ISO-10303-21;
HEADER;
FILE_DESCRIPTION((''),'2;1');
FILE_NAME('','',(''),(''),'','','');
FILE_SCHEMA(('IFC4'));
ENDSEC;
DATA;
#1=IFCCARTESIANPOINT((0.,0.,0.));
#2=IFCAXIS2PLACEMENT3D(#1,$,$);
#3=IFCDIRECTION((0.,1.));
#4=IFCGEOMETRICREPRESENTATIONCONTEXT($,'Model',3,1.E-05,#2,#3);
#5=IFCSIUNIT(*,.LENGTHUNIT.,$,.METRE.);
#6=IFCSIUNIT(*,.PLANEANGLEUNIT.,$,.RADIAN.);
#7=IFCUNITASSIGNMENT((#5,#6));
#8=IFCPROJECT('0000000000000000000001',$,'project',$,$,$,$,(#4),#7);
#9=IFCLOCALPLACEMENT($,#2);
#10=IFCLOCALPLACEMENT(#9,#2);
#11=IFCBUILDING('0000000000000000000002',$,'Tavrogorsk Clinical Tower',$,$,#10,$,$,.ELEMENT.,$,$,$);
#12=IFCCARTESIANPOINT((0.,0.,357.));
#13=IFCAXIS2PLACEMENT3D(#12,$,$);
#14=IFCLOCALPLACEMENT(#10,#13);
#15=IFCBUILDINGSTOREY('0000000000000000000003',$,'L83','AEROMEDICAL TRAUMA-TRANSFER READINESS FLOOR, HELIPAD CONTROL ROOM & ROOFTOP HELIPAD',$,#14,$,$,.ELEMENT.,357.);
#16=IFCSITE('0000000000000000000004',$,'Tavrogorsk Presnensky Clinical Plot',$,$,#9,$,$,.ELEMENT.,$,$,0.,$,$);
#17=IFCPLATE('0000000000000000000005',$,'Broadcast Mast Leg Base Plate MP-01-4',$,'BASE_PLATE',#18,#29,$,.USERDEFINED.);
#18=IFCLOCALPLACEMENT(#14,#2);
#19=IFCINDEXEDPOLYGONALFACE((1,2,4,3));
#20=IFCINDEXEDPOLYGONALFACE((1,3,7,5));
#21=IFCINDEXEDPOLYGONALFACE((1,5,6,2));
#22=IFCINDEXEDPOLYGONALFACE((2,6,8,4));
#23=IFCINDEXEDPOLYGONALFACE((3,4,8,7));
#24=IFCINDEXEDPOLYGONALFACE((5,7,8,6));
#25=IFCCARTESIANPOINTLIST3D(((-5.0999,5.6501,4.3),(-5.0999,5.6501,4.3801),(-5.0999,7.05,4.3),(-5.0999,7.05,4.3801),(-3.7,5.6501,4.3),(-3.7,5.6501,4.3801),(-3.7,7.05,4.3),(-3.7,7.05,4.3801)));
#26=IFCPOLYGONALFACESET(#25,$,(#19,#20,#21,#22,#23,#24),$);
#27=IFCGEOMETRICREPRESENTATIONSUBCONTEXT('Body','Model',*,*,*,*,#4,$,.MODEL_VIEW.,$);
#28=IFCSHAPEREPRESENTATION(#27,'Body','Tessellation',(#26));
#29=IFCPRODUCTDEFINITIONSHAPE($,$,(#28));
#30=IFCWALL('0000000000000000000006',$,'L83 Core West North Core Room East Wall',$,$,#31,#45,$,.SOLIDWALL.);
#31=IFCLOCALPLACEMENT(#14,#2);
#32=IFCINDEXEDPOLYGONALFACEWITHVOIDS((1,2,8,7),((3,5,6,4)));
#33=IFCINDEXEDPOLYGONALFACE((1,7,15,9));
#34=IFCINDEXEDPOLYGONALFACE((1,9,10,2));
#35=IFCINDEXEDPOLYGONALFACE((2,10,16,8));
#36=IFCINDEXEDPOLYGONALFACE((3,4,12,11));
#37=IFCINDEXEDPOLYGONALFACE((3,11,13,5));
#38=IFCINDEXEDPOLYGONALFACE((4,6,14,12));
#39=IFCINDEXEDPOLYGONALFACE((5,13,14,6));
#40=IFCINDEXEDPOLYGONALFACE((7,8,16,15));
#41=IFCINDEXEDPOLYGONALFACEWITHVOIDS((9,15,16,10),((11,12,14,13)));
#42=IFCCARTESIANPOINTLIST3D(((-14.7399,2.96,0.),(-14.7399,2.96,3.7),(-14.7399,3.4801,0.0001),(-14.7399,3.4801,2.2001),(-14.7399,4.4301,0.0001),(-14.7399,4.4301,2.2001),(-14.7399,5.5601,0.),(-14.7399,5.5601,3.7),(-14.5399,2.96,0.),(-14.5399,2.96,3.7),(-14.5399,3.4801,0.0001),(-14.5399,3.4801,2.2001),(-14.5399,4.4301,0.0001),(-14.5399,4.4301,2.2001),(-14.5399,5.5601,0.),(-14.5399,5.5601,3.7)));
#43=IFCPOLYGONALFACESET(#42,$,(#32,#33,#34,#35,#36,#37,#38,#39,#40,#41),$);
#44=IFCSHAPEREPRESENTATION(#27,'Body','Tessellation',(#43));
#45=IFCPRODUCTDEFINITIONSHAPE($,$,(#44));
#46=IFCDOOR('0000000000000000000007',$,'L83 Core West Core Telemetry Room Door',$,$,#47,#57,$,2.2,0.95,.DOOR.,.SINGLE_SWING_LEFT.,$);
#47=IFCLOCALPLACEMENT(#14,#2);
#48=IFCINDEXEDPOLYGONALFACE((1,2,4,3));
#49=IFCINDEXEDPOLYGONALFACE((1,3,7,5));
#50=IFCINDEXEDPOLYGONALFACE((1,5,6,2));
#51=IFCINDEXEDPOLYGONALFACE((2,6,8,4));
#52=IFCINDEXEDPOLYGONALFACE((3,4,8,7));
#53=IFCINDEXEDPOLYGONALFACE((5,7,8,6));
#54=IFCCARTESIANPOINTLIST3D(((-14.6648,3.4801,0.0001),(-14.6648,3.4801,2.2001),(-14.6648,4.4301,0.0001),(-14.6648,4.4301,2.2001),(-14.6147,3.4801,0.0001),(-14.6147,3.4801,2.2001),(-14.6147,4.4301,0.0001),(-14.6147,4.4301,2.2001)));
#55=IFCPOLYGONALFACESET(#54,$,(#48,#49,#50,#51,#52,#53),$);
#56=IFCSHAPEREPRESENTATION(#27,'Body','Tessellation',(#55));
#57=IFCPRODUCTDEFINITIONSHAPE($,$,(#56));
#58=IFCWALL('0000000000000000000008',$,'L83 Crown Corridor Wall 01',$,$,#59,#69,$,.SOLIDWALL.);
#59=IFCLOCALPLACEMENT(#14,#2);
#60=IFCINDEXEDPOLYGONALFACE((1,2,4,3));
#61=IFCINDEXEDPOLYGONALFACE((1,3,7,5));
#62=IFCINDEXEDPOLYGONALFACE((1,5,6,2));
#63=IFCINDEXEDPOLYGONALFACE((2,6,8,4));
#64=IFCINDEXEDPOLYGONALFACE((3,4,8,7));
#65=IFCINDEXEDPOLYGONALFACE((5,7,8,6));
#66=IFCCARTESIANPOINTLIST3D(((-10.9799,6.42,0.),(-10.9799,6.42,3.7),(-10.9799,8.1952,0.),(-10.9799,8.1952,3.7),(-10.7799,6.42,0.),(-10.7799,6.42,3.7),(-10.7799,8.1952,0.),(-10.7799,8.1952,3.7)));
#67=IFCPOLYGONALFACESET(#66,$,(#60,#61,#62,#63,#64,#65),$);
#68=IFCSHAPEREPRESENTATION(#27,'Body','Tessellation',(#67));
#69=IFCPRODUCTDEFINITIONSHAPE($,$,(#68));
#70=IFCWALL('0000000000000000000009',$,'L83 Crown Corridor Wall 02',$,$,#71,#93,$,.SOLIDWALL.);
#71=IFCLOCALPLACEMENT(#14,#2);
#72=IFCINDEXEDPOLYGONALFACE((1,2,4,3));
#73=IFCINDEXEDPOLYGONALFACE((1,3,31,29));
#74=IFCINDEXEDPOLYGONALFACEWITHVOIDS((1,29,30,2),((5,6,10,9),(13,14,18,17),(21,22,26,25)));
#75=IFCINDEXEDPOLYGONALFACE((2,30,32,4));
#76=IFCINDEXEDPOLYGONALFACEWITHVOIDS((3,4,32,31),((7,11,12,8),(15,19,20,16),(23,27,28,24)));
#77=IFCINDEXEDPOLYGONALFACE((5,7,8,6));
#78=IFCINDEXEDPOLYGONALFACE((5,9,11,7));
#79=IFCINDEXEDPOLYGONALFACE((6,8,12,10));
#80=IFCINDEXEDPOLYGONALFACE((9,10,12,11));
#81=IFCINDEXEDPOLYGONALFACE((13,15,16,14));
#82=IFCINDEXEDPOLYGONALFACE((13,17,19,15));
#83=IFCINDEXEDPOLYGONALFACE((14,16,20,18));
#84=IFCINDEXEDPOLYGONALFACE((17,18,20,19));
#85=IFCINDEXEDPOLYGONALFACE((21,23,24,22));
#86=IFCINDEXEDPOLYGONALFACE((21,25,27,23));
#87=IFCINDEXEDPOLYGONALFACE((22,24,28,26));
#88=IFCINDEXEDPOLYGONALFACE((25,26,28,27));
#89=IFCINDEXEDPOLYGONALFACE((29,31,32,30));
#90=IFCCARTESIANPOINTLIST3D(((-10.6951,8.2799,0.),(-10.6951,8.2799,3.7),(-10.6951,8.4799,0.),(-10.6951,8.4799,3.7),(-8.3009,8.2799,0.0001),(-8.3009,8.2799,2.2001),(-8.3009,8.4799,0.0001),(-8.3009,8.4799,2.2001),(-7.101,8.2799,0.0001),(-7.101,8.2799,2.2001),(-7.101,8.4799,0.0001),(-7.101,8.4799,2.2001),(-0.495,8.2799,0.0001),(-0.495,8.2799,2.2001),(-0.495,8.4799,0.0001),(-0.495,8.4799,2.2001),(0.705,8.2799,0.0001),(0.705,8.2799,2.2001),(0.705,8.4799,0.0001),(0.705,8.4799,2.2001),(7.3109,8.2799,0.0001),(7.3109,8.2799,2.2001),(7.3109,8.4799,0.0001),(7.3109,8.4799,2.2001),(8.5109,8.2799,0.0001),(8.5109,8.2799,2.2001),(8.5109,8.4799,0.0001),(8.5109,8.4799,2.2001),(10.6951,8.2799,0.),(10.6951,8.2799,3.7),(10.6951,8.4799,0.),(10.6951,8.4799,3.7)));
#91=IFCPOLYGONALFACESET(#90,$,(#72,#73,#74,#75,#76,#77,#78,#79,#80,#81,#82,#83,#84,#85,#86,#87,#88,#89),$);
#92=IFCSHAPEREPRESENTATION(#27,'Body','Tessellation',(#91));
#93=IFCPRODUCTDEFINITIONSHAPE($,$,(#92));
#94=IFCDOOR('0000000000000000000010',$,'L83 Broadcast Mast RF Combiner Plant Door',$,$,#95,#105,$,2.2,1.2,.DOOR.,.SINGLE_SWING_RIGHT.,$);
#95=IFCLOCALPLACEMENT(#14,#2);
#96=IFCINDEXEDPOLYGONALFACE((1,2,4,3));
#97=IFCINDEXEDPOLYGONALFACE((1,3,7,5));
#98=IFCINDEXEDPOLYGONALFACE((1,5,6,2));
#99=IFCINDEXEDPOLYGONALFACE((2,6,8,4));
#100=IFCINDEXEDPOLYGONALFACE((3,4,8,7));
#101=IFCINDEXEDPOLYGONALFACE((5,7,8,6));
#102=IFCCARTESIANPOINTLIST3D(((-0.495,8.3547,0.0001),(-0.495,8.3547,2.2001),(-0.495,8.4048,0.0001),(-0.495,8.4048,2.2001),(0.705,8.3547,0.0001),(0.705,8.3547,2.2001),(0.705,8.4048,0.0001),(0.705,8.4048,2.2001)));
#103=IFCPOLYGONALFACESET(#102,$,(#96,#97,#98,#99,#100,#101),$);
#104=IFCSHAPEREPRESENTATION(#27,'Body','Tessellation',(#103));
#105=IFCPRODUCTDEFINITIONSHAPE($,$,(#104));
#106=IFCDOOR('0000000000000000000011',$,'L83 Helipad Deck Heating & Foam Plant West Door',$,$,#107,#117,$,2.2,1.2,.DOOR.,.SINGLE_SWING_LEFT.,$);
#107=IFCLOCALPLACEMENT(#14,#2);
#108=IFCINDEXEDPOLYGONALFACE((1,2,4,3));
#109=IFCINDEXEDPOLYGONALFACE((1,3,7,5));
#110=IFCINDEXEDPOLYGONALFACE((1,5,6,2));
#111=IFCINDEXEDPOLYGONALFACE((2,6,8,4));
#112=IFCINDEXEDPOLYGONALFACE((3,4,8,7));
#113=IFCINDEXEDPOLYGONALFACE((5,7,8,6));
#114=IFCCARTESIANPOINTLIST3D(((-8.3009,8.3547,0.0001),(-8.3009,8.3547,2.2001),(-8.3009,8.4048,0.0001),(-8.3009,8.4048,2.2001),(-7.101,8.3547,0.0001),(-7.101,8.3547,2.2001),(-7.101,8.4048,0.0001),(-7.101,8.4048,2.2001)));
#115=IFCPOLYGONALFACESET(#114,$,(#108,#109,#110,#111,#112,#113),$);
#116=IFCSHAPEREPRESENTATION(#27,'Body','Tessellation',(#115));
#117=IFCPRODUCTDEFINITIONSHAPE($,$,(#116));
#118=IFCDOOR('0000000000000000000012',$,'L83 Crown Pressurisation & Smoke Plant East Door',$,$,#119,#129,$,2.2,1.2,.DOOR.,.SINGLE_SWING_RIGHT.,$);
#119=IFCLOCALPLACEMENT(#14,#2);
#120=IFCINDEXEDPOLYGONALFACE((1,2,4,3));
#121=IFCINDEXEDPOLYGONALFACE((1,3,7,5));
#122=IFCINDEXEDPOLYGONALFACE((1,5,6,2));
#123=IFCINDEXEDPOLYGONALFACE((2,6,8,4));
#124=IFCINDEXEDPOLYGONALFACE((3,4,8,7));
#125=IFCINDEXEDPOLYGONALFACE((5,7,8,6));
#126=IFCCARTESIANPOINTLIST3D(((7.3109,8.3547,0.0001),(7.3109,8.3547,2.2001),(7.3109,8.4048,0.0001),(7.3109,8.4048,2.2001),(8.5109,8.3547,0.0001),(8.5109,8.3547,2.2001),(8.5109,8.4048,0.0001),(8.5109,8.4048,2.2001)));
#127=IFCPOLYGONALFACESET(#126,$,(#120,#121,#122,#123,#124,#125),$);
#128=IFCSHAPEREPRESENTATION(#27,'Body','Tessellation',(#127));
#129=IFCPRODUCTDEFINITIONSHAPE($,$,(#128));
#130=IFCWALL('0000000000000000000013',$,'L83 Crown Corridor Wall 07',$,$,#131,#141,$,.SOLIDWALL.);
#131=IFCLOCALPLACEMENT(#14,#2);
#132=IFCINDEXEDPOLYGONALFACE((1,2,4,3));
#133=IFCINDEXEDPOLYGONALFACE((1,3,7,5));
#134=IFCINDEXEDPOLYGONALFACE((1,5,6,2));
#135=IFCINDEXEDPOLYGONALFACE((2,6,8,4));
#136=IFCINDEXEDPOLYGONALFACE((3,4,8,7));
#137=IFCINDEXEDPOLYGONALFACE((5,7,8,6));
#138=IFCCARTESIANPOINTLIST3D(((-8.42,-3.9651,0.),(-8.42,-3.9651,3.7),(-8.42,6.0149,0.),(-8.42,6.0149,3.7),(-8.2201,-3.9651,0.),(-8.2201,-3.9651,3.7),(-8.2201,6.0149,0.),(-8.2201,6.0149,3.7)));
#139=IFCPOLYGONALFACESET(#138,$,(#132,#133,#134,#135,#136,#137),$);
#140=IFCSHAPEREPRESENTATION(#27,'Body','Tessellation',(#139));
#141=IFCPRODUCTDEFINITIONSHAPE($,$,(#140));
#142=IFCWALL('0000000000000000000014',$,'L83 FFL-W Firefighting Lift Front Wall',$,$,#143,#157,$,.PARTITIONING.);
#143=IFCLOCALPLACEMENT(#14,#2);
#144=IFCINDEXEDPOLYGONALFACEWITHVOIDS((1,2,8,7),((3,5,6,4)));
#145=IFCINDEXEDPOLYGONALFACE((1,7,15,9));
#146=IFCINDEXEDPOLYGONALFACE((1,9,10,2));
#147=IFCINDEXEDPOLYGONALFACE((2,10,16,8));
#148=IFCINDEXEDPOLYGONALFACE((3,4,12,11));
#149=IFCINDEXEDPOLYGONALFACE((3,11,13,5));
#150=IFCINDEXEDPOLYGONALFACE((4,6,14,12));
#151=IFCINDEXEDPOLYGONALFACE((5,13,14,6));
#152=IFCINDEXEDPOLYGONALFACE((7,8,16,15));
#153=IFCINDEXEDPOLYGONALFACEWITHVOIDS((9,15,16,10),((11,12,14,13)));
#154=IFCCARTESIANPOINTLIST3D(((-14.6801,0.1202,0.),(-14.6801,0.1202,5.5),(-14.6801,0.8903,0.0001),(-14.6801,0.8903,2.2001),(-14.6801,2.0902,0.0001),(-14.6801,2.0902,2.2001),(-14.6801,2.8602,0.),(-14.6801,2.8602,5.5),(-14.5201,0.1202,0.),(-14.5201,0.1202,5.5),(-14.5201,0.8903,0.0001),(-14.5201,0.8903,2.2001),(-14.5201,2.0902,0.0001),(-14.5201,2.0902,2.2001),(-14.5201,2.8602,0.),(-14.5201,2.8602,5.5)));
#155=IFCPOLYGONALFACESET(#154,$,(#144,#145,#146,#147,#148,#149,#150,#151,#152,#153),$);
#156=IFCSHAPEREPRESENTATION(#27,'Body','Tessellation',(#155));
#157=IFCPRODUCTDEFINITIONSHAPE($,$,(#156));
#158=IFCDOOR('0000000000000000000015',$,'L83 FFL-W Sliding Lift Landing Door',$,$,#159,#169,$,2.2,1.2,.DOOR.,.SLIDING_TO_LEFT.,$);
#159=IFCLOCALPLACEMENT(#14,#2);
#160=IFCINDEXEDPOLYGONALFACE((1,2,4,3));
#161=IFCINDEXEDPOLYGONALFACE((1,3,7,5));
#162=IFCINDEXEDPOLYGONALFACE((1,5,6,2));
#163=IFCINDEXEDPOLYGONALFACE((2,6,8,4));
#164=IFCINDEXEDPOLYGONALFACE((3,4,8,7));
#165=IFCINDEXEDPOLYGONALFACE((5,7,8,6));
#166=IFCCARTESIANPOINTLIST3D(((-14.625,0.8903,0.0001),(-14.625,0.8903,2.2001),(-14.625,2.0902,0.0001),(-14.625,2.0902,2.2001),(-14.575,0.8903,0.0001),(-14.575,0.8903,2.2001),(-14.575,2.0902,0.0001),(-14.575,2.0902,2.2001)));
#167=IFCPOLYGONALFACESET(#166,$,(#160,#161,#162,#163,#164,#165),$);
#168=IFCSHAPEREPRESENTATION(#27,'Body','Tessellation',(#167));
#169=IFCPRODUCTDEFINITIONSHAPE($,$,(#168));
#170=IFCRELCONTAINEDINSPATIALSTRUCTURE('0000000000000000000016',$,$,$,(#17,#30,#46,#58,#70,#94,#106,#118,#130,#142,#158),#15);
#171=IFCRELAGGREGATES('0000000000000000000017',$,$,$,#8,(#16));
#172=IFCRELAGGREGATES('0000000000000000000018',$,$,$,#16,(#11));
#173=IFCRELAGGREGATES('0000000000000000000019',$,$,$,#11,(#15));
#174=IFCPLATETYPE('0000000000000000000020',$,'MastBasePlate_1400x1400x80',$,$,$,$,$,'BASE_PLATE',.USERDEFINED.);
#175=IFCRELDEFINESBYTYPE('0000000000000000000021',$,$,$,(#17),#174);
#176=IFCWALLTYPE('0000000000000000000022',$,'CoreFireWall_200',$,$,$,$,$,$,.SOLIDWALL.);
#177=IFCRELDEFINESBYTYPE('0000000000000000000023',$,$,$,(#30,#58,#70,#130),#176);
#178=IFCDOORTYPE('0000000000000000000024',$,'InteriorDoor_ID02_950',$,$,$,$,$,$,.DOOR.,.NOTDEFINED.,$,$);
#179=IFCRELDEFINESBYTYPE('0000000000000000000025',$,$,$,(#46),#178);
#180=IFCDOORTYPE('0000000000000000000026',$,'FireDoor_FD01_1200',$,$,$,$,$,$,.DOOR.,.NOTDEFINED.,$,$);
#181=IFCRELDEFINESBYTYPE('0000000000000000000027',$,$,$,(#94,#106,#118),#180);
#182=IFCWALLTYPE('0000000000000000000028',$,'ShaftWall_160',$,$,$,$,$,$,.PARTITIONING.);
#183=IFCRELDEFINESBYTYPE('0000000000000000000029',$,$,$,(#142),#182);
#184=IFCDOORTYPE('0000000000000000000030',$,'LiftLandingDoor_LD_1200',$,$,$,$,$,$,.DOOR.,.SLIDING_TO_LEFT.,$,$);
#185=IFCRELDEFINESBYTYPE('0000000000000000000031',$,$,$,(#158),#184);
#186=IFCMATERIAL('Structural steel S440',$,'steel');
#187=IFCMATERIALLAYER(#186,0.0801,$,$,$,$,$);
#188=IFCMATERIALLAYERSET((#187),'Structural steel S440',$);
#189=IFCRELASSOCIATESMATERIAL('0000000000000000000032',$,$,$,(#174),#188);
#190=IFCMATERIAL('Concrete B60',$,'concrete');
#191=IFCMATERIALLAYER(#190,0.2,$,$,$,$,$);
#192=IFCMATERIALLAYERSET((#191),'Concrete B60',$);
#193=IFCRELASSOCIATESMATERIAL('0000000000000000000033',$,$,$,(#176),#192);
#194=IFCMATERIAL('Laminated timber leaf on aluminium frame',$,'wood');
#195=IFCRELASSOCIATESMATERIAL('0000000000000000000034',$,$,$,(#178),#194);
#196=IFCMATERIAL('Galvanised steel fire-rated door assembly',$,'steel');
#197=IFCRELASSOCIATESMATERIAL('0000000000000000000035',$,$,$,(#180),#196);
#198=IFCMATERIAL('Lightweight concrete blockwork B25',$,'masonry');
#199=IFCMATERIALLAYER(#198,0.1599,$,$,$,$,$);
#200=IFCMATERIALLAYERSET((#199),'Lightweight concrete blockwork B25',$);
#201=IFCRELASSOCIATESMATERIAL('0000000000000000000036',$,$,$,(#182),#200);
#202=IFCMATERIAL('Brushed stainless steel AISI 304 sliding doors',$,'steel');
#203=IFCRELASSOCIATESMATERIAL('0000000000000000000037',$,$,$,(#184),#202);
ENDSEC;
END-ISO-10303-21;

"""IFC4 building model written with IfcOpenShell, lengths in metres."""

from ifc_helpers import new_model, si_unit, direction, frame, frame_2d, origin, origin_2d, place, context, subcontext, project, spatial, rectangle, extrude, material, layer, layer_set, type_object, element, fill, save


model = new_model("IFC4")

# Units and contexts
model_context = context("Model", 3, precision=1e-05, world=origin(), true_north=direction((0.0, 1.0)))
body_context = subcontext(model_context, "Body", "Model", "MODEL_VIEW")
ifc_project = project(units=[si_unit("LENGTHUNIT", "METRE"), si_unit("PLANEANGLEUNIT", "RADIAN")], contexts=[model_context])

# Site, building, storey
site_placement = place(None, origin())
site = spatial("IfcSite", under=ifc_project, at=site_placement, Name="Tavrogorsk Presnensky Clinical Plot", CompositionType="ELEMENT", RefElevation=0.0)
building_placement = place(site_placement, origin())
building = spatial("IfcBuilding", under=site, at=building_placement, Name="Tavrogorsk Clinical Tower", CompositionType="ELEMENT")
storey_placement = place(building_placement, frame((0.0, 0.0, 357.0)))
storey = spatial("IfcBuildingStorey", under=building, at=storey_placement, Name="L83", Description="AEROMEDICAL TRAUMA-TRANSFER READINESS FLOOR, HELIPAD CONTROL ROOM & ROOFTOP HELIPAD", CompositionType="ELEMENT", Elevation=357.0)

# Plate
ifc_material_1 = material(Name="Structural steel S440", Category="steel")
ifc_layer_1 = layer(ifc_material_1, 0.0801)
ifc_layer_set_1 = layer_set([ifc_layer_1], Name="Structural steel S440")
plate_type_1 = type_object("IfcPlateType", Name="MastBasePlate_1400x1400x80", ElementType="BASE_PLATE", PredefinedType="USERDEFINED", material=ifc_layer_set_1)
plate_placement = place(storey_placement, frame((-4.3999, 6.3501, 4.3), z_axis=(0.0, 0.0, 1.0), x_axis=(1.0, 0.0, 0.0)))
element("IfcPlate", 1, at=plate_placement, inside=storey, type_object=plate_type_1, Name="Broadcast Mast Leg Base Plate MP-01-4", ObjectType="BASE_PLATE", PredefinedType="USERDEFINED", context=body_context, shape_type="SweptSolid", body=[
    extrude(rectangle(XDim=1.3999, YDim=1.3999, at=origin_2d()), origin(), (0.0, 0.0, 1.0), 0.0801),
])

# Wall, opening, door
ifc_material_2 = material(Name="Concrete B60", Category="concrete")
ifc_layer_2 = layer(ifc_material_2, 0.2)
ifc_layer_set_2 = layer_set([ifc_layer_2], Name="Concrete B60")
wall_type_1 = type_object("IfcWallType", Name="CoreFireWall_200", PredefinedType="SOLIDWALL", material=ifc_layer_set_2)
wall_1_placement = place(storey_placement, frame((-14.6399, 2.96, 0.0), z_axis=(0.0, 0.0, 1.0), x_axis=(0.0, 1.0, 0.0)))
wall_1 = element("IfcWall", 2, at=wall_1_placement, inside=storey, type_object=wall_type_1, Name="L83 Core West North Core Room East Wall", PredefinedType="SOLIDWALL", context=body_context, shape_type="SweptSolid", body=[
    extrude(rectangle(XDim=2.6001, YDim=0.2, at=frame_2d((1.3, 0.0))), origin(), (0.0, 0.0, 1.0), 3.7),
])
opening_1_placement = place(wall_1_placement, frame((0.52, 0.0, 0.0)))
opening_1 = element("IfcOpeningElement", 3, at=opening_1_placement, cuts=wall_1, PredefinedType="OPENING", context=body_context, shape_type="SweptSolid", body=[
    extrude(rectangle(XDim=0.95, YDim=2.2, at=frame_2d((0.4751, 1.1001))), frame((0.0, 0.1099, 0.0), z_axis=(0.0, -1.0, 0.0), x_axis=(1.0, 0.0, 0.0)), (0.0, 0.0, 1.0), 0.22),
])
ifc_material_3 = material(Name="Laminated timber leaf on aluminium frame", Category="wood")
door_type_1 = type_object("IfcDoorType", Name="InteriorDoor_ID02_950", OperationType="NOTDEFINED", PredefinedType="DOOR", material=ifc_material_3)
door_1_placement = place(opening_1_placement, origin())
door_1 = element("IfcDoor", 4, at=door_1_placement, inside=storey, type_object=door_type_1, Name="L83 Core West Core Telemetry Room Door", OperationType="SINGLE_SWING_LEFT", OverallHeight=2.2, OverallWidth=0.95, PredefinedType="DOOR", context=body_context, shape_type="SweptSolid", body=[
    extrude(rectangle(XDim=0.95, YDim=2.2, at=frame_2d((0.4751, 1.1001))), frame((0.0, 0.0249, 0.0), z_axis=(0.0, -1.0, 0.0), x_axis=(1.0, 0.0, 0.0)), (0.0, 0.0, 1.0), 0.05),
])
fill(opening_1, door_1)

# Wall
wall_2_placement = place(storey_placement, frame((-10.8799, 6.4199, 0.0), z_axis=(0.0, 0.0, 1.0), x_axis=(0.0, 1.0, 0.0)))
element("IfcWall", 5, at=wall_2_placement, inside=storey, type_object=wall_type_1, Name="L83 Crown Corridor Wall 01", PredefinedType="SOLIDWALL", context=body_context, shape_type="SweptSolid", body=[
    extrude(rectangle(XDim=1.7751, YDim=0.2, at=frame_2d((0.8877, 0.0))), origin(), (0.0, 0.0, 1.0), 3.7),
])

# Wall, openings, doors
wall_3_placement = place(storey_placement, frame((-10.6951, 8.3799, 0.0), z_axis=(0.0, 0.0, 1.0), x_axis=(1.0, 0.0, 0.0)))
wall_3 = element("IfcWall", 6, at=wall_3_placement, inside=storey, type_object=wall_type_1, Name="L83 Crown Corridor Wall 02", PredefinedType="SOLIDWALL", context=body_context, shape_type="SweptSolid", body=[
    extrude(rectangle(XDim=21.3901, YDim=0.2, at=frame_2d((10.6951, 0.0))), origin(), (0.0, 0.0, 1.0), 3.7),
])
opening_2_placement = place(wall_3_placement, frame((10.2, 0.0, 0.0)))
opening_2 = element("IfcOpeningElement", 7, at=opening_2_placement, cuts=wall_3, PredefinedType="OPENING", context=body_context, shape_type="SweptSolid", body=[
    extrude(rectangle(XDim=1.2, YDim=2.2, at=frame_2d((0.6001, 1.1001))), frame((0.0, 0.1099, 0.0), z_axis=(0.0, -1.0, 0.0), x_axis=(1.0, 0.0, 0.0)), (0.0, 0.0, 1.0), 0.22),
])
opening_3_placement = place(wall_3_placement, frame((2.394, 0.0, 0.0)))
opening_3 = element("IfcOpeningElement", 8, at=opening_3_placement, cuts=wall_3, PredefinedType="OPENING", context=body_context, shape_type="SweptSolid", body=[
    extrude(rectangle(XDim=1.2, YDim=2.2, at=frame_2d((0.6001, 1.1001))), frame((0.0, 0.1099, 0.0), z_axis=(0.0, -1.0, 0.0), x_axis=(1.0, 0.0, 0.0)), (0.0, 0.0, 1.0), 0.22),
])
opening_4_placement = place(wall_3_placement, frame((18.0059, 0.0, 0.0)))
opening_4 = element("IfcOpeningElement", 9, at=opening_4_placement, cuts=wall_3, PredefinedType="OPENING", context=body_context, shape_type="SweptSolid", body=[
    extrude(rectangle(XDim=1.2, YDim=2.2, at=frame_2d((0.6001, 1.1001))), frame((0.0, 0.1099, 0.0), z_axis=(0.0, -1.0, 0.0), x_axis=(1.0, 0.0, 0.0)), (0.0, 0.0, 1.0), 0.22),
])
ifc_material_4 = material(Name="Galvanised steel fire-rated door assembly", Category="steel")
door_type_2 = type_object("IfcDoorType", Name="FireDoor_FD01_1200", OperationType="NOTDEFINED", PredefinedType="DOOR", material=ifc_material_4)
door_2_placement = place(opening_2_placement, origin())
door_2 = element("IfcDoor", 10, at=door_2_placement, inside=storey, type_object=door_type_2, Name="L83 Broadcast Mast RF Combiner Plant Door", OperationType="SINGLE_SWING_RIGHT", OverallHeight=2.2, OverallWidth=1.2, PredefinedType="DOOR", context=body_context, shape_type="SweptSolid", body=[
    extrude(rectangle(XDim=1.2, YDim=2.2, at=frame_2d((0.6001, 1.1001))), frame((0.0, 0.0249, 0.0), z_axis=(0.0, -1.0, 0.0), x_axis=(1.0, 0.0, 0.0)), (0.0, 0.0, 1.0), 0.05),
])
fill(opening_2, door_2)
door_3_placement = place(opening_3_placement, origin())
door_3 = element("IfcDoor", 11, at=door_3_placement, inside=storey, type_object=door_type_2, Name="L83 Helipad Deck Heating & Foam Plant West Door", OperationType="SINGLE_SWING_LEFT", OverallHeight=2.2, OverallWidth=1.2, PredefinedType="DOOR", context=body_context, shape_type="SweptSolid", body=[
    extrude(rectangle(XDim=1.2, YDim=2.2, at=frame_2d((0.6001, 1.1001))), frame((0.0, 0.0249, 0.0), z_axis=(0.0, -1.0, 0.0), x_axis=(1.0, 0.0, 0.0)), (0.0, 0.0, 1.0), 0.05),
])
fill(opening_3, door_3)
door_4_placement = place(opening_4_placement, origin())
door_4 = element("IfcDoor", 12, at=door_4_placement, inside=storey, type_object=door_type_2, Name="L83 Crown Pressurisation & Smoke Plant East Door", OperationType="SINGLE_SWING_RIGHT", OverallHeight=2.2, OverallWidth=1.2, PredefinedType="DOOR", context=body_context, shape_type="SweptSolid", body=[
    extrude(rectangle(XDim=1.2, YDim=2.2, at=frame_2d((0.6001, 1.1001))), frame((0.0, 0.0249, 0.0), z_axis=(0.0, -1.0, 0.0), x_axis=(1.0, 0.0, 0.0)), (0.0, 0.0, 1.0), 0.05),
])
fill(opening_4, door_4)

# Wall
wall_4_placement = place(storey_placement, frame((-8.3201, 6.0149, 0.0), z_axis=(0.0, 0.0, 1.0), x_axis=(0.0, -1.0, 0.0)))
element("IfcWall", 13, at=wall_4_placement, inside=storey, type_object=wall_type_1, Name="L83 Crown Corridor Wall 07", PredefinedType="SOLIDWALL", context=body_context, shape_type="SweptSolid", body=[
    extrude(rectangle(XDim=9.98, YDim=0.2, at=frame_2d((4.99, 0.0))), origin(), (0.0, 0.0, 1.0), 3.7),
])

# Wall, opening, door
ifc_material_5 = material(Name="Lightweight concrete blockwork B25", Category="masonry")
ifc_layer_3 = layer(ifc_material_5, 0.1599)
ifc_layer_set_3 = layer_set([ifc_layer_3], Name="Lightweight concrete blockwork B25")
wall_type_2 = type_object("IfcWallType", Name="ShaftWall_160", PredefinedType="PARTITIONING", material=ifc_layer_set_3)
wall_5_placement = place(storey_placement, frame((-14.6001, 0.1201, 0.0), z_axis=(0.0, 0.0, 1.0), x_axis=(0.0, 1.0, 0.0)))
wall_5 = element("IfcWall", 14, at=wall_5_placement, inside=storey, type_object=wall_type_2, Name="L83 FFL-W Firefighting Lift Front Wall", PredefinedType="PARTITIONING", context=body_context, shape_type="SweptSolid", body=[
    extrude(rectangle(XDim=2.74, YDim=0.1599, at=frame_2d((1.3701, 0.0))), origin(), (0.0, 0.0, 1.0), 5.5),
])
opening_5_placement = place(wall_5_placement, frame((0.77, 0.0, 0.0)))
opening_5 = element("IfcOpeningElement", 15, at=opening_5_placement, cuts=wall_5, PredefinedType="OPENING", context=body_context, shape_type="SweptSolid", body=[
    extrude(rectangle(XDim=1.2, YDim=2.2, at=frame_2d((0.6001, 1.1001))), frame((0.0, 0.0898, 0.0), z_axis=(0.0, -1.0, 0.0), x_axis=(1.0, 0.0, 0.0)), (0.0, 0.0, 1.0), 0.1799),
])
ifc_material_6 = material(Name="Brushed stainless steel AISI 304 sliding doors", Category="steel")
door_type_3 = type_object("IfcDoorType", Name="LiftLandingDoor_LD_1200", OperationType="SLIDING_TO_LEFT", PredefinedType="DOOR", material=ifc_material_6)
door_5_placement = place(opening_5_placement, origin())
door_5 = element("IfcDoor", 16, at=door_5_placement, inside=storey, type_object=door_type_3, Name="L83 FFL-W Sliding Lift Landing Door", OperationType="SLIDING_TO_LEFT", OverallHeight=2.2, OverallWidth=1.2, PredefinedType="DOOR", context=body_context, shape_type="SweptSolid", body=[
    extrude(rectangle(XDim=1.2, YDim=2.2, at=frame_2d((0.6001, 1.1001))), frame((0.0, 0.0249, 0.0), z_axis=(0.0, -1.0, 0.0), x_axis=(1.0, 0.0, 0.0)), (0.0, 0.0, 1.0), 0.05),
])
fill(opening_5, door_5)

save(model, "model.ifc")
